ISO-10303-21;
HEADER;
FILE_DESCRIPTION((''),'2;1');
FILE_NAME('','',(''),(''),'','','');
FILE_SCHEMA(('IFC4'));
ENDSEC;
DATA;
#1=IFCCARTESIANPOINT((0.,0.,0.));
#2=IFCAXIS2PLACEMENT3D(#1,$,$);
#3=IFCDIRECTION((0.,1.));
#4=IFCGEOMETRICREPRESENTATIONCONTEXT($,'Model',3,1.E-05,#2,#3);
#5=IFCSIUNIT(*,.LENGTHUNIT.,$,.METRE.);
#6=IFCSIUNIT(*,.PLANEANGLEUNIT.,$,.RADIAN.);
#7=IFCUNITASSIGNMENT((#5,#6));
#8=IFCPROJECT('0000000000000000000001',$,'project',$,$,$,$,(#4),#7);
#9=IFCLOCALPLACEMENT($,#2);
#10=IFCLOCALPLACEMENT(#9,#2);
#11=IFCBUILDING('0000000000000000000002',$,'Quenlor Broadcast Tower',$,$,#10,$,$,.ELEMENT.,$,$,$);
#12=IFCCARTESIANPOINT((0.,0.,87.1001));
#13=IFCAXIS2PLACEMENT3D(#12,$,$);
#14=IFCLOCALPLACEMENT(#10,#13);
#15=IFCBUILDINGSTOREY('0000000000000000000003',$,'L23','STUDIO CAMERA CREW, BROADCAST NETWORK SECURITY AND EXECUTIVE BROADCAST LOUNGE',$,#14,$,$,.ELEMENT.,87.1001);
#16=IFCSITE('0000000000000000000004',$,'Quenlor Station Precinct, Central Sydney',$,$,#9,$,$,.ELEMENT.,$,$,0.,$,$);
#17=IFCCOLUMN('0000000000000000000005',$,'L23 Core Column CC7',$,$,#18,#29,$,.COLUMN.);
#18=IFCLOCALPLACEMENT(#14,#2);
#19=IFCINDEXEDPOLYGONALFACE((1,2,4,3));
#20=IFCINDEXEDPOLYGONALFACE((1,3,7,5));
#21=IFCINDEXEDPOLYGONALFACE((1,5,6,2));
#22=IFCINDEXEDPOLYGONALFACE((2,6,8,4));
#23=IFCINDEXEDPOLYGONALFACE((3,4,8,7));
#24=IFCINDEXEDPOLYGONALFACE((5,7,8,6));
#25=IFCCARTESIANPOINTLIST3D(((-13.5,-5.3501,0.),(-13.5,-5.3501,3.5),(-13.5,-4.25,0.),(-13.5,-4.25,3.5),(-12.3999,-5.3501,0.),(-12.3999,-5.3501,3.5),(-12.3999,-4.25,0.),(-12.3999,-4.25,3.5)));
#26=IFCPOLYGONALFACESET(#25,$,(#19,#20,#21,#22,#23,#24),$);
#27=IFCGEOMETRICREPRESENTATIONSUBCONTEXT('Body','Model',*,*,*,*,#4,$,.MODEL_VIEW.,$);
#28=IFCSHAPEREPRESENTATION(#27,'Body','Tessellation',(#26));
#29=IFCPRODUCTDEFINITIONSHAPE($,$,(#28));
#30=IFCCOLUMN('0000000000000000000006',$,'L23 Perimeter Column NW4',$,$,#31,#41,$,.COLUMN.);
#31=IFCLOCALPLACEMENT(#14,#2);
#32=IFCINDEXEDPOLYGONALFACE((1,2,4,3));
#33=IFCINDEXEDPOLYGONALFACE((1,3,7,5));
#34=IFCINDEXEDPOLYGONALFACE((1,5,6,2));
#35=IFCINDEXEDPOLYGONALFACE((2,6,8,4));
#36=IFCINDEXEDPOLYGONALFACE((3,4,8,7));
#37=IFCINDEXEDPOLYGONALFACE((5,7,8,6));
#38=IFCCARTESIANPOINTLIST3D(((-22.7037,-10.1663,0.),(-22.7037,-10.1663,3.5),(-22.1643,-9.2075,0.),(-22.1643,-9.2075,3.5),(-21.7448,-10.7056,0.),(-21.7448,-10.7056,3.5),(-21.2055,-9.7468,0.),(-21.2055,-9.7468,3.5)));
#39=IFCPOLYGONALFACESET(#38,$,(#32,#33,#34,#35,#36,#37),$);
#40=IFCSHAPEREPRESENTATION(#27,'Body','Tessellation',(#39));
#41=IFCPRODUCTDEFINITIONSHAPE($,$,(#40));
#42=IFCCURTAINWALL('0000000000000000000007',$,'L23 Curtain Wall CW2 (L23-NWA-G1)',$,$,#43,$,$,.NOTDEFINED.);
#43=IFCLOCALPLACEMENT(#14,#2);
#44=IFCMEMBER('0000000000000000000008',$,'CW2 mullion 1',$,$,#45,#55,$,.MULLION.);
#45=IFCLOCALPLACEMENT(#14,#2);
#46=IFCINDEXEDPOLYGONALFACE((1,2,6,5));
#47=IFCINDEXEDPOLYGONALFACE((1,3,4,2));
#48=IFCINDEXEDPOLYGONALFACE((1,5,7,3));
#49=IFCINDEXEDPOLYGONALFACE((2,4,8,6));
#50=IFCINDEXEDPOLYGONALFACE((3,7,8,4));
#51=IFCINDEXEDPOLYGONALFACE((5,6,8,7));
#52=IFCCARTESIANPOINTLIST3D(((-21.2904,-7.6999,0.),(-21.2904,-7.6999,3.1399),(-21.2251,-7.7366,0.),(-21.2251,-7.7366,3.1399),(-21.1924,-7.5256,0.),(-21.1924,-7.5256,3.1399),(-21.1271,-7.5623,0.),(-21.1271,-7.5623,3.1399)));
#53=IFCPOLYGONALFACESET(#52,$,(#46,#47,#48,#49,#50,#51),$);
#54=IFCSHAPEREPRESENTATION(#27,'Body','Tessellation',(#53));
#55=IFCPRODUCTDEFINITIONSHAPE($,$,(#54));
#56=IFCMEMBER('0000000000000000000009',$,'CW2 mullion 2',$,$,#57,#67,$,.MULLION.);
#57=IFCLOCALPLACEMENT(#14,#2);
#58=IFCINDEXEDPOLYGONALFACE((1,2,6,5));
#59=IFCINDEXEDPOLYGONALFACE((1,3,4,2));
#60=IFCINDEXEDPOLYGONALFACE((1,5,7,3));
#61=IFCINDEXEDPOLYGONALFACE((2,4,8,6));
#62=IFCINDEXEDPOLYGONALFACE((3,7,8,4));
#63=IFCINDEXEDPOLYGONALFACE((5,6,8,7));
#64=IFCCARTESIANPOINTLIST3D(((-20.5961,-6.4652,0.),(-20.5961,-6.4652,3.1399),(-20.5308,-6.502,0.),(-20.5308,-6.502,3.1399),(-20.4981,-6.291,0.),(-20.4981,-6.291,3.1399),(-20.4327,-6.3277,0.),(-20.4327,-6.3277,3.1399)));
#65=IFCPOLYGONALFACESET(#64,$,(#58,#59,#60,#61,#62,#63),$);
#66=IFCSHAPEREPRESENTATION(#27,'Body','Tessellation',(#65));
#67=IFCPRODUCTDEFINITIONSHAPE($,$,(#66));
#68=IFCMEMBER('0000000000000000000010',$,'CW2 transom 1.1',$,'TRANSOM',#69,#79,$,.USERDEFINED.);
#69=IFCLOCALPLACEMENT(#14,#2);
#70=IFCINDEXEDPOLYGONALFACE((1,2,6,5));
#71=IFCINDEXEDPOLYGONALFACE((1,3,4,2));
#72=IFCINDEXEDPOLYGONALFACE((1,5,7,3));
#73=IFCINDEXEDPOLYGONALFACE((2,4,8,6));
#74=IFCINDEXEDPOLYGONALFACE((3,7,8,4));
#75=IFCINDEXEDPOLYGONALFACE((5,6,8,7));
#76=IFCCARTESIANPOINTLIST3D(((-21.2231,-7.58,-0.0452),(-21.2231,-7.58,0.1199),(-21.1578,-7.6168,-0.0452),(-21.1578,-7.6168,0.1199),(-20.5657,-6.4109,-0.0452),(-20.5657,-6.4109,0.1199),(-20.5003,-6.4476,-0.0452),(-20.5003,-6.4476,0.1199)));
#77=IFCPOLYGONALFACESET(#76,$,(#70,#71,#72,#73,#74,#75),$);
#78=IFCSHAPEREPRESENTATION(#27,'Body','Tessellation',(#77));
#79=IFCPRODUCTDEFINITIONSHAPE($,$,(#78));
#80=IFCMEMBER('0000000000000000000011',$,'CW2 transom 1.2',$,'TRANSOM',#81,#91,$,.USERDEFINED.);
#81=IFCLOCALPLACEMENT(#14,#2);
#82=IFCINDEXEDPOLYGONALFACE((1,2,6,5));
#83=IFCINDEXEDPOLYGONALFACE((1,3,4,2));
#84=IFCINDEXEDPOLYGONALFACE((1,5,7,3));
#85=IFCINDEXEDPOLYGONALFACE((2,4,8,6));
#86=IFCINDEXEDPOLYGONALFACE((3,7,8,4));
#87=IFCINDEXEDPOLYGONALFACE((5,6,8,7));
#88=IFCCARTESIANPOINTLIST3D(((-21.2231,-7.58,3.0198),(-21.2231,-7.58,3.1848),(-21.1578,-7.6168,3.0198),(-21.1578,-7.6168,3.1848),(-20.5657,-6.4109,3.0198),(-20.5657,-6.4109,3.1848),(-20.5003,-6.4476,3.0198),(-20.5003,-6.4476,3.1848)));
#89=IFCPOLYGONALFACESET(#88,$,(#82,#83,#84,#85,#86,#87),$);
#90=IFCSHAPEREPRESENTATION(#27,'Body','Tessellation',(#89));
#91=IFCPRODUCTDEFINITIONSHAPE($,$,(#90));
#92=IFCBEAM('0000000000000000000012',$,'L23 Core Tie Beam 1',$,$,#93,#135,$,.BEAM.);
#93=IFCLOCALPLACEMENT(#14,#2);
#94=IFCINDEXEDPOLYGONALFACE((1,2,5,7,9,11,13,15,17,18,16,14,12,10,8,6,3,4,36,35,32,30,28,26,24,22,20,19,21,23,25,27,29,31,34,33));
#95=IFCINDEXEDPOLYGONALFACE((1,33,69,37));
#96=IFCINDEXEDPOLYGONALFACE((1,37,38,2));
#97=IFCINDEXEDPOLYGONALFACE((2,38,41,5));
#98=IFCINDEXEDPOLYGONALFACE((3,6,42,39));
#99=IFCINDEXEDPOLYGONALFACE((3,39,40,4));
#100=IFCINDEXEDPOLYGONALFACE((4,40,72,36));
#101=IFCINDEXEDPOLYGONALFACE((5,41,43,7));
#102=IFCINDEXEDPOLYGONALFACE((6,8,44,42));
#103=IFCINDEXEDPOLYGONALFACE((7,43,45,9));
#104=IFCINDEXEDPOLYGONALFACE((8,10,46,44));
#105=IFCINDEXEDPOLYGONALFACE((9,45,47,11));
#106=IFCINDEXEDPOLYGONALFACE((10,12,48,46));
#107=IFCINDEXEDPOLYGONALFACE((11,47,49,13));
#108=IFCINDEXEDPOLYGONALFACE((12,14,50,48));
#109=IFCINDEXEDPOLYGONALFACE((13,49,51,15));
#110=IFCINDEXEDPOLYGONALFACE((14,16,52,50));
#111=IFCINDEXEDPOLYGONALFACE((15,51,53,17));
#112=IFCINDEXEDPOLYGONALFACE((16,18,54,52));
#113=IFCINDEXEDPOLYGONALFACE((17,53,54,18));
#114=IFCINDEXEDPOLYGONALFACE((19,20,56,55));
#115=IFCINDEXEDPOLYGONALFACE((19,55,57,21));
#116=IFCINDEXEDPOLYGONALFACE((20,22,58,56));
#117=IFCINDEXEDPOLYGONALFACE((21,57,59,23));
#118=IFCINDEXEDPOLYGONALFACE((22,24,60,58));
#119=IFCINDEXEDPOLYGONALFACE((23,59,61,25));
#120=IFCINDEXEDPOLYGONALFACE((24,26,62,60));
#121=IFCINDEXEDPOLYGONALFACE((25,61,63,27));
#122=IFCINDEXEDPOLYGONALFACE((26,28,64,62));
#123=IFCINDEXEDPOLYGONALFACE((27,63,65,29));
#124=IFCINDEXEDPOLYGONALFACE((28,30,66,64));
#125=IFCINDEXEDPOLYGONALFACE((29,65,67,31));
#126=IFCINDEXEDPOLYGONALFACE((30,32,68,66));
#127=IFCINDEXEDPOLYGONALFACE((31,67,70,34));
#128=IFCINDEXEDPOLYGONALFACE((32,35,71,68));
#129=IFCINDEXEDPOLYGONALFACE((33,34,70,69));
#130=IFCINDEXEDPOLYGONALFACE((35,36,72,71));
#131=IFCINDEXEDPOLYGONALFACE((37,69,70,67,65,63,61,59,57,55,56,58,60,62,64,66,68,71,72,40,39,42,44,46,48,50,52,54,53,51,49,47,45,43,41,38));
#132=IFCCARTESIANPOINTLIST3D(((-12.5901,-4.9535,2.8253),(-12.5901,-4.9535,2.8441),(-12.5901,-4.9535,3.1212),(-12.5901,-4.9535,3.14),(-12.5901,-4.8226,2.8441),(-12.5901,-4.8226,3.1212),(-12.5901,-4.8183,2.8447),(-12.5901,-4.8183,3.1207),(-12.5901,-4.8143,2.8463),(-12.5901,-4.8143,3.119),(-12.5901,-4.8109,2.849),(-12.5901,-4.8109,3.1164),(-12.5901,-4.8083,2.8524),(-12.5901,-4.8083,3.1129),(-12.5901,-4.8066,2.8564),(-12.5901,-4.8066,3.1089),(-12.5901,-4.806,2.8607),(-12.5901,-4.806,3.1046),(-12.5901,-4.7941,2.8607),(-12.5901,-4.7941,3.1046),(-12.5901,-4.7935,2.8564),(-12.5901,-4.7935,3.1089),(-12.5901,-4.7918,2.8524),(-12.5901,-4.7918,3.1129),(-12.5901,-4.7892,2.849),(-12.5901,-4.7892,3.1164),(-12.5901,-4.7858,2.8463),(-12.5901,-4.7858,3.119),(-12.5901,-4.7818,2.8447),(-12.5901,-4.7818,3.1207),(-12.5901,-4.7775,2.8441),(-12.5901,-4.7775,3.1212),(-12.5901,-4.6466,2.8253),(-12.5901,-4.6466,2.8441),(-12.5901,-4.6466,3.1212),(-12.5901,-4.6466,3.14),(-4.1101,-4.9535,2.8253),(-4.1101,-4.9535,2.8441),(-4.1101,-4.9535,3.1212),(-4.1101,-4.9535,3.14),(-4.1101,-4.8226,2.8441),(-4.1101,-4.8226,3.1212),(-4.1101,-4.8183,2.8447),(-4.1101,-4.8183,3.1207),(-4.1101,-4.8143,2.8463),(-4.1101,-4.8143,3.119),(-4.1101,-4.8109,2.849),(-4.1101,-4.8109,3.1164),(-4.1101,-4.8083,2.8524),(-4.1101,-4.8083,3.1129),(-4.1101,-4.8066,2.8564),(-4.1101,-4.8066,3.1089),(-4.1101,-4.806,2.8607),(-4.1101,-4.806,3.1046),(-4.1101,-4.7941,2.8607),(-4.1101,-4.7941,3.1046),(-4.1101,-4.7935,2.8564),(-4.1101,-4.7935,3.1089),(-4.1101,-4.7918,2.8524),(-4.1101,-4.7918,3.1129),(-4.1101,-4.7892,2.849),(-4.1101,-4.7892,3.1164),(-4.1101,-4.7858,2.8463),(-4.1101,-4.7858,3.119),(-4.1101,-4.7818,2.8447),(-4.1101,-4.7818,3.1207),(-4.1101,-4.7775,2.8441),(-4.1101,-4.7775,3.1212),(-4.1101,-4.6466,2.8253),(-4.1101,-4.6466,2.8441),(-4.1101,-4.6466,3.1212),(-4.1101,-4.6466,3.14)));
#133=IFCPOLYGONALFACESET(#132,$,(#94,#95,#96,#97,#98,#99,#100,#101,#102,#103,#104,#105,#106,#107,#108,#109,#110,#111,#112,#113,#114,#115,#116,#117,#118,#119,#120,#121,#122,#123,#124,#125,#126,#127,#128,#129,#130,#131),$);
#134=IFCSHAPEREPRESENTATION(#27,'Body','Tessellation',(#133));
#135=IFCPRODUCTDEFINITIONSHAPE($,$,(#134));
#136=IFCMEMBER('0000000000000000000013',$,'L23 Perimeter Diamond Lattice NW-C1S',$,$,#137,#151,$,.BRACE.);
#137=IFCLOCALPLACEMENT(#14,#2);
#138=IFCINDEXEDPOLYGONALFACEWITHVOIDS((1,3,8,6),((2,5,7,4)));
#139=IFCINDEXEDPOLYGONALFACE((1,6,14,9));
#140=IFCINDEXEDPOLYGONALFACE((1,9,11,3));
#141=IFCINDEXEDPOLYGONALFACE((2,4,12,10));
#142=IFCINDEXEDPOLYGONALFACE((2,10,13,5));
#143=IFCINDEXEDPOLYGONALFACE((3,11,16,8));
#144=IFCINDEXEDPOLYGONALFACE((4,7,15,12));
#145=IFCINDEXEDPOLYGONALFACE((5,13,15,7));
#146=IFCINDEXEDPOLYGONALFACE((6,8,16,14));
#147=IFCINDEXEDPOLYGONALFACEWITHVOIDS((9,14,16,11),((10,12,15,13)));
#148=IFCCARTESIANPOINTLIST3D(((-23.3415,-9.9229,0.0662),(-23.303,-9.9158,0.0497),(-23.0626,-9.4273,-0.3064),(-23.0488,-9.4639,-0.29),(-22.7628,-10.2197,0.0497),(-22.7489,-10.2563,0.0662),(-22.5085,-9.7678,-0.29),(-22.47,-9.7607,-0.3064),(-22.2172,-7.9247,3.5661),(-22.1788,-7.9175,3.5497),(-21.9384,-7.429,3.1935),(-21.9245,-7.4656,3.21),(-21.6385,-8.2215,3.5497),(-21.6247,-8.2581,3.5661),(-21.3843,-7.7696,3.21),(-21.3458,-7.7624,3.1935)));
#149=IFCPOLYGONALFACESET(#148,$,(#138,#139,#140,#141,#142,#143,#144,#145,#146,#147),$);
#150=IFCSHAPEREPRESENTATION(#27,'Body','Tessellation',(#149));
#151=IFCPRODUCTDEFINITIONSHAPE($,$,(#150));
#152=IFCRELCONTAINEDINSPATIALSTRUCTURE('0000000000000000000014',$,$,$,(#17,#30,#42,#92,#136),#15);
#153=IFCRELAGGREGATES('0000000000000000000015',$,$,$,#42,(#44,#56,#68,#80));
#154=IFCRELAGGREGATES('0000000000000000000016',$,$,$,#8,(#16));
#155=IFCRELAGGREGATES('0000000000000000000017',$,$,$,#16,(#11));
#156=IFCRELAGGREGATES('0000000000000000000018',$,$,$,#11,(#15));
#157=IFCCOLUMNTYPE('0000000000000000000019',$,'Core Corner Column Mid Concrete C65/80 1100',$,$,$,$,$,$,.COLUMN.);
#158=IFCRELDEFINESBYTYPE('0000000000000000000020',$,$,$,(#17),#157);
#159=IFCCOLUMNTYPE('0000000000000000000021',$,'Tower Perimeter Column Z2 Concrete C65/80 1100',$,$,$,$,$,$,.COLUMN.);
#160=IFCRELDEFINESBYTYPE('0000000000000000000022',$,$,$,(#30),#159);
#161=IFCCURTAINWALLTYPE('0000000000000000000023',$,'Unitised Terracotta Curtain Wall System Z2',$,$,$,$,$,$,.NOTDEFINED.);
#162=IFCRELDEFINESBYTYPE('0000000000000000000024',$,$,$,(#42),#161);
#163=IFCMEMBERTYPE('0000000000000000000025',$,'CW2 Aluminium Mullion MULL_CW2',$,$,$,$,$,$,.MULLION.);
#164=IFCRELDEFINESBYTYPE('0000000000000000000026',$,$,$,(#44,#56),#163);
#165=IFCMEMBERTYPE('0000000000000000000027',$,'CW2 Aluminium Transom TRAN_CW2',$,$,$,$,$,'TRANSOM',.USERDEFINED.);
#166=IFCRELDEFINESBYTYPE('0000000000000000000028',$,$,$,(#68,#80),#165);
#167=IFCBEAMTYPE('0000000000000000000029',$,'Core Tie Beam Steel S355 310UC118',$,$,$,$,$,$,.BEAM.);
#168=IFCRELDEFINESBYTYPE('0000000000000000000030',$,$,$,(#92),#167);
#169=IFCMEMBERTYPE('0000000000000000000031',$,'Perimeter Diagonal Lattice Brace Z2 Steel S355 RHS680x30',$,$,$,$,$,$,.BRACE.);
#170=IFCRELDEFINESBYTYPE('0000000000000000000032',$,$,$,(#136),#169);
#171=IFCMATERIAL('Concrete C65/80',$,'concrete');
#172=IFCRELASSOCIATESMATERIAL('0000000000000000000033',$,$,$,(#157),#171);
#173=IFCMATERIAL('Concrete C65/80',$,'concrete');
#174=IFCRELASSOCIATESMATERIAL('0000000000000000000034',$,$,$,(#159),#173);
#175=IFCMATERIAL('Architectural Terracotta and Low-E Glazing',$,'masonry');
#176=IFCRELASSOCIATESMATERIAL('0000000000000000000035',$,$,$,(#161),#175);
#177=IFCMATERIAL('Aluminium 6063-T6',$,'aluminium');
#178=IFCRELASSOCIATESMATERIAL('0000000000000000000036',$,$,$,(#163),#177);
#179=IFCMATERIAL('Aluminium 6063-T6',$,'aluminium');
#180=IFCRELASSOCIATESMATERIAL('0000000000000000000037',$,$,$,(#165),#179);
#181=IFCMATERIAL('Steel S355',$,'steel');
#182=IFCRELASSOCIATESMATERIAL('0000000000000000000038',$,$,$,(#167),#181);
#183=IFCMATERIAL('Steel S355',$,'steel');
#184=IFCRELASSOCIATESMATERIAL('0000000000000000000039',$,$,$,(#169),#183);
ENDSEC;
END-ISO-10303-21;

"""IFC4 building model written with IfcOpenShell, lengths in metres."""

from ifc_helpers import new_model, si_unit, direction, frame, origin, origin_2d, place, context, subcontext, project, spatial, rectangle, hollow_rectangle, i_section, extrude, material, material_profile, profile_set, type_object, element, aggregate, save


model = new_model("IFC4")

# Units and contexts
model_context = context("Model", 3, precision=1e-05, world=origin(), true_north=direction((0.0, 1.0)))
body_context = subcontext(model_context, "Body", "Model", "MODEL_VIEW")
ifc_project = project(units=[si_unit("LENGTHUNIT", "METRE"), si_unit("PLANEANGLEUNIT", "RADIAN")], contexts=[model_context])

# Site, building, storey
site_placement = place(None, origin())
site = spatial("IfcSite", under=ifc_project, at=site_placement, Name="Quenlor Station Precinct, Central Sydney", CompositionType="ELEMENT", RefElevation=0.0)
building_placement = place(site_placement, origin())
building = spatial("IfcBuilding", under=site, at=building_placement, Name="Quenlor Broadcast Tower", CompositionType="ELEMENT")
storey_placement = place(building_placement, frame((0.0, 0.0, 87.1001)))
storey = spatial("IfcBuildingStorey", under=building, at=storey_placement, Name="L23", Description="STUDIO CAMERA CREW, BROADCAST NETWORK SECURITY AND EXECUTIVE BROADCAST LOUNGE", CompositionType="ELEMENT", Elevation=87.1001)

# Columns
ifc_material_1 = material(Name="Concrete C65/80", Category="concrete")
ifc_material_profile_1 = material_profile(ifc_material_1, rectangle(XDim=1.1001, YDim=1.1001, at=origin_2d()))
ifc_profile_set_1 = profile_set([ifc_material_profile_1], Name="Concrete C65/80 RC1100x1100")
column_type_1 = type_object("IfcColumnType", Name="Core Corner Column Mid Concrete C65/80 1100", PredefinedType="COLUMN", material=ifc_profile_set_1)
column_1_placement = place(storey_placement, frame((-12.95, -4.8, 0.0), z_axis=(0.0, 0.0, 1.0), x_axis=(1.0, 0.0, 0.0)))
element("IfcColumn", 1, at=column_1_placement, inside=storey, type_object=column_type_1, Name="L23 Core Column CC7", PredefinedType="COLUMN", context=body_context, shape_type="SweptSolid", body=[
    extrude(rectangle(XDim=1.1001, YDim=1.1001, at=origin_2d()), origin(), (0.0, 0.0, 1.0), 3.5),
])
ifc_material_2 = material(Name="Concrete C65/80", Category="concrete")
ifc_material_profile_2 = material_profile(ifc_material_2, rectangle(XDim=1.1001, YDim=1.1001, at=origin_2d()))
ifc_profile_set_2 = profile_set([ifc_material_profile_2], Name="Concrete C65/80 RC1100x1100")
column_type_2 = type_object("IfcColumnType", Name="Tower Perimeter Column Z2 Concrete C65/80 1100", PredefinedType="COLUMN", material=ifc_profile_set_2)
column_2_placement = place(storey_placement, frame((-21.9546, -9.9565, 0.0), z_axis=(0.0, 0.0, 1.0), x_axis=(-0.871575, 0.490262, 0.0)))
element("IfcColumn", 2, at=column_2_placement, inside=storey, type_object=column_type_2, Name="L23 Perimeter Column NW4", PredefinedType="COLUMN", context=body_context, shape_type="SweptSolid", body=[
    extrude(rectangle(XDim=1.1001, YDim=1.1001, at=origin_2d()), origin(), (0.0, 0.0, 1.0), 3.5),
])

# Curtain wall, members
ifc_material_3 = material(Name="Architectural Terracotta and Low-E Glazing", Category="masonry")
curtain_wall_type = type_object("IfcCurtainWallType", Name="Unitised Terracotta Curtain Wall System Z2", PredefinedType="NOTDEFINED", material=ifc_material_3)
curtain_wall_placement = place(storey_placement, origin())
curtain_wall = element("IfcCurtainWall", 3, at=curtain_wall_placement, inside=storey, type_object=curtain_wall_type, Name="L23 Curtain Wall CW2 (L23-NWA-G1)", PredefinedType="NOTDEFINED")
ifc_material_4 = material(Name="Aluminium 6063-T6", Category="aluminium")
ifc_material_profile_3 = material_profile(ifc_material_4, rectangle(XDim=0.075, YDim=0.2, at=origin_2d()))
ifc_profile_set_3 = profile_set([ifc_material_profile_3], Name="Aluminium 6063-T6 MULL75x200")
member_type_1 = type_object("IfcMemberType", Name="CW2 Aluminium Mullion MULL_CW2", PredefinedType="MULLION", material=ifc_profile_set_3)
member_1_placement = place(storey_placement, frame((-21.2087, -7.6311, 0.0), z_axis=(0.0, 0.0, 1.0), x_axis=(-0.871586, 0.490242, 0.0)))
member_1 = element("IfcMember", 4, at=member_1_placement, type_object=member_type_1, Name="CW2 mullion 1", PredefinedType="MULLION", context=body_context, shape_type="SweptSolid", body=[
    extrude(rectangle(XDim=0.075, YDim=0.2, at=origin_2d()), origin(), (0.0, 0.0, 1.0), 3.1399),
])
member_2_placement = place(storey_placement, frame((-20.5144, -6.3965, 0.0), z_axis=(0.0, 0.0, 1.0), x_axis=(-0.871586, 0.490242, 0.0)))
member_2 = element("IfcMember", 5, at=member_2_placement, type_object=member_type_1, Name="CW2 mullion 2", PredefinedType="MULLION", context=body_context, shape_type="SweptSolid", body=[
    extrude(rectangle(XDim=0.075, YDim=0.2, at=origin_2d()), origin(), (0.0, 0.0, 1.0), 3.1399),
])
ifc_material_5 = material(Name="Aluminium 6063-T6", Category="aluminium")
ifc_material_profile_4 = material_profile(ifc_material_5, rectangle(XDim=0.075, YDim=0.165, at=origin_2d()))
ifc_profile_set_4 = profile_set([ifc_material_profile_4], Name="Aluminium 6063-T6 TRAN75x165")
member_type_2 = type_object("IfcMemberType", Name="CW2 Aluminium Transom TRAN_CW2", ElementType="TRANSOM", PredefinedType="USERDEFINED", material=ifc_profile_set_4)
member_3_placement = place(storey_placement, frame((-21.1904, -7.5984, 0.0374), z_axis=(0.490149, 0.871639, 0.0), x_axis=(-0.871639, 0.490149, 0.0)))
member_3 = element("IfcMember", 6, at=member_3_placement, type_object=member_type_2, Name="CW2 transom 1.1", ObjectType="TRANSOM", PredefinedType="USERDEFINED", context=body_context, shape_type="SweptSolid", body=[
    extrude(rectangle(XDim=0.075, YDim=0.165, at=origin_2d()), origin(), (0.0, 0.0, 1.0), 1.3413),
])
member_4_placement = place(storey_placement, frame((-21.1904, -7.5984, 3.1023), z_axis=(0.490149, 0.871639, 0.0), x_axis=(-0.871639, 0.490149, 0.0)))
member_4 = element("IfcMember", 7, at=member_4_placement, type_object=member_type_2, Name="CW2 transom 1.2", ObjectType="TRANSOM", PredefinedType="USERDEFINED", context=body_context, shape_type="SweptSolid", body=[
    extrude(rectangle(XDim=0.075, YDim=0.165, at=origin_2d()), origin(), (0.0, 0.0, 1.0), 1.3413),
])

# Beam
ifc_material_6 = material(Name="Steel S355", Category="steel")
ifc_material_profile_5 = material_profile(ifc_material_6, i_section(OverallWidth=0.3069, OverallDepth=0.3147, WebThickness=0.012, FlangeThickness=0.0188, FilletRadius=0.0166, at=origin_2d()))
ifc_profile_set_5 = profile_set([ifc_material_profile_5], Name="Steel S355 310UC118")
beam_type_1 = type_object("IfcBeamType", Name="Core Tie Beam Steel S355 310UC118", PredefinedType="BEAM", material=ifc_profile_set_5)
beam_1_placement = place(storey_placement, frame((-12.5901, -4.8, 2.9827), z_axis=(1.0, 0.0, 0.0), x_axis=(0.0, 1.0, 0.0)))
element("IfcBeam", 8, at=beam_1_placement, inside=storey, type_object=beam_type_1, Name="L23 Core Tie Beam 1", PredefinedType="BEAM", context=body_context, shape_type="SweptSolid", body=[
    extrude(i_section(OverallWidth=0.3069, OverallDepth=0.3147, WebThickness=0.012, FlangeThickness=0.0188, FilletRadius=0.0166, at=origin_2d()), origin(), (0.0, 0.0, 1.0), 8.48),
])

# Member
ifc_material_7 = material(Name="Steel S355", Category="steel")
ifc_material_profile_6 = material_profile(ifc_material_7, hollow_rectangle(XDim=0.6799, YDim=0.6799, WallThickness=0.03, at=origin_2d()))
ifc_profile_set_6 = profile_set([ifc_material_profile_6], Name="Steel S355 RHS680x680x30")
member_type_3 = type_object("IfcMemberType", Name="Perimeter Diagonal Lattice Brace Z2 Steel S355 RHS680x30", PredefinedType="BRACE", material=ifc_profile_set_6)
member_5_placement = place(storey_placement, frame((-22.9058, -9.8418, -0.1201), z_axis=(0.268697, 0.477585, 0.836489), x_axis=(-0.871533, 0.490337, 0.0)))
element("IfcMember", 9, at=member_5_placement, inside=storey, type_object=member_type_3, Name="L23 Perimeter Diamond Lattice NW-C1S", PredefinedType="BRACE", context=body_context, shape_type="SweptSolid", body=[
    extrude(hollow_rectangle(XDim=0.6799, YDim=0.6799, WallThickness=0.03, at=origin_2d()), origin(), (0.0, 0.0, 1.0), 4.1841),
])

aggregate(curtain_wall, [member_1, member_2, member_3, member_4])

save(model, "model.ifc")
